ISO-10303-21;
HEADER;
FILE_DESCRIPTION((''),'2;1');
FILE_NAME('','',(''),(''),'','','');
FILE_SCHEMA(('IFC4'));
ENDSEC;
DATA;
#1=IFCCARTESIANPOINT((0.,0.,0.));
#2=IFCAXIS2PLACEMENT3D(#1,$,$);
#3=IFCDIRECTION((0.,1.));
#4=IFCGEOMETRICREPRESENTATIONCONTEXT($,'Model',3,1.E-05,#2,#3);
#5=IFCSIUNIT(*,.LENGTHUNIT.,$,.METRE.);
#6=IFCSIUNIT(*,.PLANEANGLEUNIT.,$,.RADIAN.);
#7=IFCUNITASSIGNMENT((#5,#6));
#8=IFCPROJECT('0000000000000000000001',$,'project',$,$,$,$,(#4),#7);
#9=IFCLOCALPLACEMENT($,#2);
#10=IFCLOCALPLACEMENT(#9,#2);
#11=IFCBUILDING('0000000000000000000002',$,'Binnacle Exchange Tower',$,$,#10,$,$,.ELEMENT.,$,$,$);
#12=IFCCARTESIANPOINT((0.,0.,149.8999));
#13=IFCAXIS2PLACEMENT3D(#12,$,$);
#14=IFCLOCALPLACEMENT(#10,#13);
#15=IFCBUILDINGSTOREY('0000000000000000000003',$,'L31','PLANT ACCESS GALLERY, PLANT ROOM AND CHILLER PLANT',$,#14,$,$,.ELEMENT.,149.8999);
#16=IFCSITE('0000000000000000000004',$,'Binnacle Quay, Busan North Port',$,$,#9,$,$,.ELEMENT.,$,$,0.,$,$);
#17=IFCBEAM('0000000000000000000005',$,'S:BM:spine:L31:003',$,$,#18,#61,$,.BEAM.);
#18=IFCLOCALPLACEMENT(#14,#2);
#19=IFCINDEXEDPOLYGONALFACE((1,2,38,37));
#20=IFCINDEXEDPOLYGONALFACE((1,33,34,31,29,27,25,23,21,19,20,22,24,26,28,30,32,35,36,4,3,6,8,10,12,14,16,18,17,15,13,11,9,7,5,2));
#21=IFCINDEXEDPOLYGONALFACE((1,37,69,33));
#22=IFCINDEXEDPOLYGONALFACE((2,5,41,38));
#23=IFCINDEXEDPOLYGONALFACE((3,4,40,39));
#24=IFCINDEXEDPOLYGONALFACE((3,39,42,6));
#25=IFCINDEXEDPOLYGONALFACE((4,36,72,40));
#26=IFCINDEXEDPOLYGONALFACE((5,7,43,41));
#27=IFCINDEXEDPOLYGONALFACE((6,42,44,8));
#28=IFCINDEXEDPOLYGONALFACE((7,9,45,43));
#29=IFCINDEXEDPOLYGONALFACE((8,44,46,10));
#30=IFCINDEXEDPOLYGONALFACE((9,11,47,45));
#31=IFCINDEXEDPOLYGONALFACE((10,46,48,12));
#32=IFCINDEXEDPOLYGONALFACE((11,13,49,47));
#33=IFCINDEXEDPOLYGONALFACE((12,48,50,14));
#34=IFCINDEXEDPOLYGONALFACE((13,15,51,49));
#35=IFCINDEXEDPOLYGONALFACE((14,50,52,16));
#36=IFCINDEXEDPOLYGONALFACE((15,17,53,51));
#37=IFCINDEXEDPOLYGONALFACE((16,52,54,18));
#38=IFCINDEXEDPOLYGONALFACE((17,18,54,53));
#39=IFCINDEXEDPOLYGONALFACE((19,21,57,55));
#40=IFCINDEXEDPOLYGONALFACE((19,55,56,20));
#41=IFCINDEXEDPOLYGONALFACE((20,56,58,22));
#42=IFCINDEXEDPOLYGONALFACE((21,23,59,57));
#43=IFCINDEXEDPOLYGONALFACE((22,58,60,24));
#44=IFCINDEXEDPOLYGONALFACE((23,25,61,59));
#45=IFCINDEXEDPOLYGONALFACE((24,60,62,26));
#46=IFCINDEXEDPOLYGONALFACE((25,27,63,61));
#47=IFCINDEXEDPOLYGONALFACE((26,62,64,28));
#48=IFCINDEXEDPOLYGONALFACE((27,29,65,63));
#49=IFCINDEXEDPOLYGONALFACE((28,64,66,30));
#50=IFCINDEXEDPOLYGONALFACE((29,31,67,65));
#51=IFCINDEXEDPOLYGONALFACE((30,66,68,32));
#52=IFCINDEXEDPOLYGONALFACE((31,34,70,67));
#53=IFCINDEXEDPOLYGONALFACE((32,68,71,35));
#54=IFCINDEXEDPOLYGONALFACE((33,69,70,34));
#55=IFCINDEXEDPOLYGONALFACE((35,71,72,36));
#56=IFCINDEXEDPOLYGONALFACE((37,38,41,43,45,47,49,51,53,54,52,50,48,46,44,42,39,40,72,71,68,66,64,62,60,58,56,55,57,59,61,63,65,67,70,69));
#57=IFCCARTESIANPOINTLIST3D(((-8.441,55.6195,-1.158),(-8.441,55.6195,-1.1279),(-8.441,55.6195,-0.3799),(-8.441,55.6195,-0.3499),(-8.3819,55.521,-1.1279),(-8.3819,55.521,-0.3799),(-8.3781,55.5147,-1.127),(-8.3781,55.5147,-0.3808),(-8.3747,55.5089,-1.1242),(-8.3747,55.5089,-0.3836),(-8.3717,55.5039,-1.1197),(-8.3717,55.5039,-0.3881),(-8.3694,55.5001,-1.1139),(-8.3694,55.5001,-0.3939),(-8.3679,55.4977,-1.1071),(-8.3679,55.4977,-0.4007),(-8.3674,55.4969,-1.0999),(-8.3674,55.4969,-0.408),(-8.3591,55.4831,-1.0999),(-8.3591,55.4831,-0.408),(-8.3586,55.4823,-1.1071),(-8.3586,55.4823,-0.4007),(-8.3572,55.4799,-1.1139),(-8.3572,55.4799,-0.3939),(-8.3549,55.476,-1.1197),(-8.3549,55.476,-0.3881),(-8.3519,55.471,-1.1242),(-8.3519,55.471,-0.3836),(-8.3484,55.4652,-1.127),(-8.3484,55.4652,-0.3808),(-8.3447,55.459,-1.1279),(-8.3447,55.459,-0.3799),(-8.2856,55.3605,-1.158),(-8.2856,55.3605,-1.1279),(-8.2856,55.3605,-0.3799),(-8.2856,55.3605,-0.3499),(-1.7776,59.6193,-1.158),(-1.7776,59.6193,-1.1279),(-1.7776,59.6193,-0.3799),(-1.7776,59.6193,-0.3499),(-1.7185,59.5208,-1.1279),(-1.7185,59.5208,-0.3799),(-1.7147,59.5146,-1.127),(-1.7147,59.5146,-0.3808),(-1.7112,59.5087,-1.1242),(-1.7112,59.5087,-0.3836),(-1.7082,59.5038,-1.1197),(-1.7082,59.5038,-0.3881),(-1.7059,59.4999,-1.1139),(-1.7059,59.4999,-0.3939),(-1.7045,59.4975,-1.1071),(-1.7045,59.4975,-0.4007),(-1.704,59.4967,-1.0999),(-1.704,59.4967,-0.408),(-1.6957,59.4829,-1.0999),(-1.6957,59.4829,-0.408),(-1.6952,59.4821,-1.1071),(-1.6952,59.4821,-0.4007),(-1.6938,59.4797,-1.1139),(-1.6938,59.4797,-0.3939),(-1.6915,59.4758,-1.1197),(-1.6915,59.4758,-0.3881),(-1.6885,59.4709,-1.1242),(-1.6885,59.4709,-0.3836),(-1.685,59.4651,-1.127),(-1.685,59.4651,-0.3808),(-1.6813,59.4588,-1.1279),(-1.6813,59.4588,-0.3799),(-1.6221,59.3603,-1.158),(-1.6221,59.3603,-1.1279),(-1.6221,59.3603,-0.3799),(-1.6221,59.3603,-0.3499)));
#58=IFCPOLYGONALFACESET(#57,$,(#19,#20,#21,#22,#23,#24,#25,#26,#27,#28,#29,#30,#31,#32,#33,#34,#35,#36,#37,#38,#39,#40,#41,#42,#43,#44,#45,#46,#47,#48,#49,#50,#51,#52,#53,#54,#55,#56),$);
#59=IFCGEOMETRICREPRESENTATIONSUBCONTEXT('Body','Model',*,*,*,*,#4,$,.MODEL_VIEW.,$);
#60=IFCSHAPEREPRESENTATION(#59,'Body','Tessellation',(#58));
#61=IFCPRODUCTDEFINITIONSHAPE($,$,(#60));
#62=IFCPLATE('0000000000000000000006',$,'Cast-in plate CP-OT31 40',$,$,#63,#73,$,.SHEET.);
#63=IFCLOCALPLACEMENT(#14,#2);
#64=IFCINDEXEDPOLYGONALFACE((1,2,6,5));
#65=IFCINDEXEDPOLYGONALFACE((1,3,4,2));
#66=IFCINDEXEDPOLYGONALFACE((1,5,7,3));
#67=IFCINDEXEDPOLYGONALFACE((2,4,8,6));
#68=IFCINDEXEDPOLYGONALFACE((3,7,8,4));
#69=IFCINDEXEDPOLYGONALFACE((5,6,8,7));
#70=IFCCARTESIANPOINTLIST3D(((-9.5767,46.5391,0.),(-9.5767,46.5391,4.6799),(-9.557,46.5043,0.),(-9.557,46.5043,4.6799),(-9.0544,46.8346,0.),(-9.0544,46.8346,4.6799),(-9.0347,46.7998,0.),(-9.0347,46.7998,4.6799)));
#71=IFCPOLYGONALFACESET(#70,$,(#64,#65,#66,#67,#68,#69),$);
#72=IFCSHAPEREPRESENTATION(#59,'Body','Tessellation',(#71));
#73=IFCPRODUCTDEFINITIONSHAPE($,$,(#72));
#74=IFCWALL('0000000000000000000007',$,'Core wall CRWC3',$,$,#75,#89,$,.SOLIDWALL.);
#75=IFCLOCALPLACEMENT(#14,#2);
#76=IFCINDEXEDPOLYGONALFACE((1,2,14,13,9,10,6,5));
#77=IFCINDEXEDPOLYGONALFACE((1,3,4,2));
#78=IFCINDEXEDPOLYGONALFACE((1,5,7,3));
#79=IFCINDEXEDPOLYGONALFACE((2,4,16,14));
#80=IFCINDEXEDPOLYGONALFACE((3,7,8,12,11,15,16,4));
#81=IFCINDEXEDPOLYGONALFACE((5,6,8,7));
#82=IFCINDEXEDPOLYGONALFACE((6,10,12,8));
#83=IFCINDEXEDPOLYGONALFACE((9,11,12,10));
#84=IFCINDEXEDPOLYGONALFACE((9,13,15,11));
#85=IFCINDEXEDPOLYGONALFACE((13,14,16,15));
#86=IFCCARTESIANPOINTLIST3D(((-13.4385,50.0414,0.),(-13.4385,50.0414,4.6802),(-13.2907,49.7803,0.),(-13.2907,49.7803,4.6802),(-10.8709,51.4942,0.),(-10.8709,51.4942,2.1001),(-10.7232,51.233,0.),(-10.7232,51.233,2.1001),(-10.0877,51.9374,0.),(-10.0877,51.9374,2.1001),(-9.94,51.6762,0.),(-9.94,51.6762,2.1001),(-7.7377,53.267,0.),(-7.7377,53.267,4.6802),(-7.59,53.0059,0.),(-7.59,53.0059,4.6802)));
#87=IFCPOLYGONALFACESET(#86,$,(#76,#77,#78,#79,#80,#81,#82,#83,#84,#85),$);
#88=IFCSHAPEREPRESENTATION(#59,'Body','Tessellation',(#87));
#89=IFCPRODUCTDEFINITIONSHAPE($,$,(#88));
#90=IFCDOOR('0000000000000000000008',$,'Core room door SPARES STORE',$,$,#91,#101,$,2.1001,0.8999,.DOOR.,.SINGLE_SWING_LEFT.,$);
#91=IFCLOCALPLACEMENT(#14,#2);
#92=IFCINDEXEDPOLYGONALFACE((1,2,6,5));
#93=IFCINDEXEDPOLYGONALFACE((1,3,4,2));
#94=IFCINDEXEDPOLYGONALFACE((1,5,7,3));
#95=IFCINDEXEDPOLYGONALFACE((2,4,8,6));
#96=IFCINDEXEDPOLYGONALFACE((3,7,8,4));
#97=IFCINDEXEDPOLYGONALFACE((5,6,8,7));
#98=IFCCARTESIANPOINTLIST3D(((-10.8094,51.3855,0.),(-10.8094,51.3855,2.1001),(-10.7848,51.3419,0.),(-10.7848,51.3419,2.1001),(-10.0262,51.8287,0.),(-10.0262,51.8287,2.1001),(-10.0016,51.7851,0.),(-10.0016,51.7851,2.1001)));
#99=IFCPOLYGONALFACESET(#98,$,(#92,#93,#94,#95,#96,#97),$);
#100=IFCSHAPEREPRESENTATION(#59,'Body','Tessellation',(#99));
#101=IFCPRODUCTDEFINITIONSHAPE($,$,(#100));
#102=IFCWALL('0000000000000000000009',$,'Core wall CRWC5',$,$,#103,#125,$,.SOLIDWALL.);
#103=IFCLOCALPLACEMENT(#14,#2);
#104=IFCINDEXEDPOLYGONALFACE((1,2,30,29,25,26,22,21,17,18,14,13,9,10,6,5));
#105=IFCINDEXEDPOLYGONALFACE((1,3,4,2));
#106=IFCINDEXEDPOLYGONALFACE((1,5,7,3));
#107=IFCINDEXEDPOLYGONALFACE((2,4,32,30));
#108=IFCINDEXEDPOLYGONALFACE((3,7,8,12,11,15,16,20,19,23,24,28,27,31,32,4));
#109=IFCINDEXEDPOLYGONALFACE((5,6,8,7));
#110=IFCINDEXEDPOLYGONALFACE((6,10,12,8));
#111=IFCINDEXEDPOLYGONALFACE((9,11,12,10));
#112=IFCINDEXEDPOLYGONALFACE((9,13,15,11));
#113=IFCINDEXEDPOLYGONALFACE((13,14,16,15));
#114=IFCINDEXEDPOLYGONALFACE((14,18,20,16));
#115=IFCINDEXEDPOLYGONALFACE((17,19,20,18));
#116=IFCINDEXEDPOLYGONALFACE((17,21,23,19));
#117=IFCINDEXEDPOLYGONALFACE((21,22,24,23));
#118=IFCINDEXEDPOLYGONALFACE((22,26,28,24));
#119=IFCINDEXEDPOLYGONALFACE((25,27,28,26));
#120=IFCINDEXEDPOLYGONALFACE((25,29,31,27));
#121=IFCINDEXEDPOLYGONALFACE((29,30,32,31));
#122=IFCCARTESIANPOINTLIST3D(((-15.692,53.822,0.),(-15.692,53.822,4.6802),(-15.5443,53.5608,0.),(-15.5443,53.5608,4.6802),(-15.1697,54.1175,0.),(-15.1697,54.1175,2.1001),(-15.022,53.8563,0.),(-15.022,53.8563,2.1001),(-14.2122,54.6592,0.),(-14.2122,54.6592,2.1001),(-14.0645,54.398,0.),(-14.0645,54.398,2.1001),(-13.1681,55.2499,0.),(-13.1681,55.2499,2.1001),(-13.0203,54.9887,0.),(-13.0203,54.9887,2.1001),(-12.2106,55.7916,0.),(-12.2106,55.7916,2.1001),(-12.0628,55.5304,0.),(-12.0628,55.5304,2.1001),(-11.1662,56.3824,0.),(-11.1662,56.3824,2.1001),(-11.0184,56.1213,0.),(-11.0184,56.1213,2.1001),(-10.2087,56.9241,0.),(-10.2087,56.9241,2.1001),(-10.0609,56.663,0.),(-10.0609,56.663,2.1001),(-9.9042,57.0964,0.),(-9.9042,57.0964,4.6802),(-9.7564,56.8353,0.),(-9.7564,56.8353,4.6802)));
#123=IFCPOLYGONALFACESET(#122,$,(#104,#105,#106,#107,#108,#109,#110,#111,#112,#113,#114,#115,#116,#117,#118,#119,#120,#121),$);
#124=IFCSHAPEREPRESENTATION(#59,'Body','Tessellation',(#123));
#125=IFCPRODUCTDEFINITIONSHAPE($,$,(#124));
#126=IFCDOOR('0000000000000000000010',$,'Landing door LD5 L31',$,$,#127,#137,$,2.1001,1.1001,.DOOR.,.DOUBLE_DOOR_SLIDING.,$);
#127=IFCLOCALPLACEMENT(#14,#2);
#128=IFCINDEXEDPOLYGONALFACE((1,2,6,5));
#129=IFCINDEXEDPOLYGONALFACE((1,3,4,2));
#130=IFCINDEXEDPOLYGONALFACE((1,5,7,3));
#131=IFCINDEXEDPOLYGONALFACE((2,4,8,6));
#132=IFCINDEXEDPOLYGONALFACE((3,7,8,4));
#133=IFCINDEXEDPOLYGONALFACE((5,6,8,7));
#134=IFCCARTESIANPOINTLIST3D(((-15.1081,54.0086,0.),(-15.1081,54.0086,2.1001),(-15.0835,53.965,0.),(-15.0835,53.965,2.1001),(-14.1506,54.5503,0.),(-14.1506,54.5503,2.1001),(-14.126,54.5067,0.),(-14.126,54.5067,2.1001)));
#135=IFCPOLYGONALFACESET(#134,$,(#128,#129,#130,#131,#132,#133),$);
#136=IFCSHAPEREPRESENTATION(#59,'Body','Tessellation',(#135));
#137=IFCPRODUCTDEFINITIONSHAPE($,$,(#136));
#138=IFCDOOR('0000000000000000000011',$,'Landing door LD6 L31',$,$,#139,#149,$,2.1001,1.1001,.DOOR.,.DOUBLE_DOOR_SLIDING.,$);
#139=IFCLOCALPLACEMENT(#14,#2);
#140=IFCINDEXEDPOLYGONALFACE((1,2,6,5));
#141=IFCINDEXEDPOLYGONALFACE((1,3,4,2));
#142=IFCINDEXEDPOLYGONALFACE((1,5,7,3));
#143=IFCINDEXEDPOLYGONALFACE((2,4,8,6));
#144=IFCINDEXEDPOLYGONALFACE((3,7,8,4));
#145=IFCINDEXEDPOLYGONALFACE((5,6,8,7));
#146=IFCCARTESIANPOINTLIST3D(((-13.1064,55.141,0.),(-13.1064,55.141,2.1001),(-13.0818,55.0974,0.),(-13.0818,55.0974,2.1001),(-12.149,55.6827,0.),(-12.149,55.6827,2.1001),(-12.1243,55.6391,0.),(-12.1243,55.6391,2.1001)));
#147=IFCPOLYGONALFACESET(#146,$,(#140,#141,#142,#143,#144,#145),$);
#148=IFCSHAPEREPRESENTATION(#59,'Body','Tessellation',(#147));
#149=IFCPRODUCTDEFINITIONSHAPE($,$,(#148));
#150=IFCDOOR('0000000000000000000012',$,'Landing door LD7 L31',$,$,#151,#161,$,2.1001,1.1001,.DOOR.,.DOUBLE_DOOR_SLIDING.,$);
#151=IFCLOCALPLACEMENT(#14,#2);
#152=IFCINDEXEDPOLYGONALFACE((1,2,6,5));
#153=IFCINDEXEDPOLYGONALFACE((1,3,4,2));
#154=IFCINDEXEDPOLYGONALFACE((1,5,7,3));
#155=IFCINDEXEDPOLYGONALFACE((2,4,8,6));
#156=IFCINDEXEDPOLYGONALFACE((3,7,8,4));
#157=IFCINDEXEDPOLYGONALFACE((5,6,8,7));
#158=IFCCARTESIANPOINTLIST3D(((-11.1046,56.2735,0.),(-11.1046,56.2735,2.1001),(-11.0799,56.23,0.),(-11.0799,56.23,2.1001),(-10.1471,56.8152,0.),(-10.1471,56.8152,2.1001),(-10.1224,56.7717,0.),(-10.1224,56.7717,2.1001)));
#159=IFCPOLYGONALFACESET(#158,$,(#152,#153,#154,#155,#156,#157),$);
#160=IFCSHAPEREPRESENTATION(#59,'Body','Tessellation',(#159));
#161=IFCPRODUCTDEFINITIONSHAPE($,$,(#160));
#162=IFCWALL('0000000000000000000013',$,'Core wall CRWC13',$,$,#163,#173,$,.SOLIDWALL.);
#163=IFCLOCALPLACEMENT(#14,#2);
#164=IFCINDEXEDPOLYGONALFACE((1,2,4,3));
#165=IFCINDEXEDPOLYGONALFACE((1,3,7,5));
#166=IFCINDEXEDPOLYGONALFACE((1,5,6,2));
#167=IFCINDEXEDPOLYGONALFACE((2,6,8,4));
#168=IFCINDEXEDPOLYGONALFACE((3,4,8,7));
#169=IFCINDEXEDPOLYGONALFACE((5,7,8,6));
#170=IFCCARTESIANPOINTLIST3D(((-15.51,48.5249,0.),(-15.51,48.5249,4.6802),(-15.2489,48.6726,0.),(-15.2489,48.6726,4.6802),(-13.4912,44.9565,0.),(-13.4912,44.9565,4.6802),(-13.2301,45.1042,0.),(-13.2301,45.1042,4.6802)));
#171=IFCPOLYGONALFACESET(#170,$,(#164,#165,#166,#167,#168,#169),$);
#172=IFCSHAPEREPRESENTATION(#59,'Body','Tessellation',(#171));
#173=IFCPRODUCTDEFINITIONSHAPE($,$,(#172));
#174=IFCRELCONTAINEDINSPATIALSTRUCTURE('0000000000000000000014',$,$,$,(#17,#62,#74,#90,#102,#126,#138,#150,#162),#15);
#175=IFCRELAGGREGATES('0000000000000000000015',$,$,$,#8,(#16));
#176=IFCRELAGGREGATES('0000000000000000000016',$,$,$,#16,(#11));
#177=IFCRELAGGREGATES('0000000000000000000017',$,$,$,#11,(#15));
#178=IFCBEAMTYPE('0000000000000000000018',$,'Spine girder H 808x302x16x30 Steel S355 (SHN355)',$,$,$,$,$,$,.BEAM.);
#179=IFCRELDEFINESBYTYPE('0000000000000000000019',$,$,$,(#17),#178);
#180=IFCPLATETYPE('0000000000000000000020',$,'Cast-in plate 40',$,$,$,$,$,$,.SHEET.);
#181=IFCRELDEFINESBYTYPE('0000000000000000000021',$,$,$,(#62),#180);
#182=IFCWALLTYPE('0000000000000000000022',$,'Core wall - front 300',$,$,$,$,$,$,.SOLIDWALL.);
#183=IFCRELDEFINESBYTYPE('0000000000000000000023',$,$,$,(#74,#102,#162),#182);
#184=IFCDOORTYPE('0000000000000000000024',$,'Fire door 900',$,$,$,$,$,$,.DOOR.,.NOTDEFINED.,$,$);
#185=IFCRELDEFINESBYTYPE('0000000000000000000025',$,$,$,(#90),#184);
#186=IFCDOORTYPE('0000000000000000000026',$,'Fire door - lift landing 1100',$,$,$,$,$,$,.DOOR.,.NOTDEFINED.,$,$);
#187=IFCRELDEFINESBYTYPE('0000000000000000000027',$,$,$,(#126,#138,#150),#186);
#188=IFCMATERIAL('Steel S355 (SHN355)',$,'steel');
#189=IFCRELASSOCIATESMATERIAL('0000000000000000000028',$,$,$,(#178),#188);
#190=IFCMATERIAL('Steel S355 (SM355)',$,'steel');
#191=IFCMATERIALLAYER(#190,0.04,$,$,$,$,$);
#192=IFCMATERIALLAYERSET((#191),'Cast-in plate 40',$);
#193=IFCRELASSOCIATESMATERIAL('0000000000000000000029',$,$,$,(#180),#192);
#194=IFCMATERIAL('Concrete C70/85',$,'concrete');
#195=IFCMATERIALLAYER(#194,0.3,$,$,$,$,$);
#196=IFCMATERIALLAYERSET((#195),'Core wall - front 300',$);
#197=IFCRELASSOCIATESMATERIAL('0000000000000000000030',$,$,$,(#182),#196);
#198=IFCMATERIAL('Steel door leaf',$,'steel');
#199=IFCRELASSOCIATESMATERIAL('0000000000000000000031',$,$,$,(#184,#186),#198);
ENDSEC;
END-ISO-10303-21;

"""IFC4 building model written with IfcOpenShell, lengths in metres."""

from ifc_helpers import new_model, si_unit, direction, frame, frame_2d, origin, origin_2d, place, context, subcontext, project, spatial, rectangle, i_section, extrude, material, layer, layer_set, material_profile, profile_set, type_object, element, fill, save


model = new_model("IFC4")

# Units and contexts
model_context = context("Model", 3, precision=1e-05, world=origin(), true_north=direction((0.0, 1.0)))
body_context = subcontext(model_context, "Body", "Model", "MODEL_VIEW")
ifc_project = project(units=[si_unit("LENGTHUNIT", "METRE"), si_unit("PLANEANGLEUNIT", "RADIAN")], contexts=[model_context])

# Site, building, storey
site_placement = place(None, origin())
site = spatial("IfcSite", under=ifc_project, at=site_placement, Name="Binnacle Quay, Busan North Port", CompositionType="ELEMENT", RefElevation=0.0)
building_placement = place(site_placement, origin())
building = spatial("IfcBuilding", under=site, at=building_placement, Name="Binnacle Exchange Tower", CompositionType="ELEMENT")
storey_placement = place(building_placement, frame((0.0, 0.0, 149.8999)))
storey = spatial("IfcBuildingStorey", under=building, at=storey_placement, Name="L31", Description="PLANT ACCESS GALLERY, PLANT ROOM AND CHILLER PLANT", CompositionType="ELEMENT", Elevation=149.8999)

# Shared definitions
ifc_material_1 = material(Name="Concrete C70/85", Category="concrete")

# Shared definitions
ifc_material_2 = material(Name="Steel S355 (SHN355)", Category="steel")

# Beam
ifc_material_profile_1 = material_profile(ifc_material_2, i_section(OverallWidth=0.302, OverallDepth=0.8081, WebThickness=0.0161, FlangeThickness=0.03, FilletRadius=0.0281, at=origin_2d()), Name="H 808x302x16x30")
ifc_profile_set_1 = profile_set([ifc_material_profile_1], Name="Steel S355 (SHN355)")
beam_type_1 = type_object("IfcBeamType", Name="Spine girder H 808x302x16x30 Steel S355 (SHN355)", PredefinedType="BEAM", material=ifc_profile_set_1)
beam_1_placement = place(storey_placement, frame((-8.3633, 55.49, -0.7539), z_axis=(0.857393, 0.514662, 0.0), x_axis=(-0.514662, 0.857393, 0.0)))
element("IfcBeam", 1, at=beam_1_placement, inside=storey, type_object=beam_type_1, Name="S:BM:spine:L31:003", PredefinedType="BEAM", context=body_context, shape_type="SweptSolid", body=[
    extrude(i_section(OverallWidth=0.302, OverallDepth=0.8081, WebThickness=0.0161, FlangeThickness=0.03, FilletRadius=0.0281, at=origin_2d()), origin(), (0.0, 0.0, 1.0), 7.7717),
])

# Plate
ifc_material_3 = material(Name="Steel S355 (SM355)", Category="steel")
ifc_layer_1 = layer(ifc_material_3, 0.04)
ifc_layer_set_1 = layer_set([ifc_layer_1], Name="Cast-in plate 40")
plate_type = type_object("IfcPlateType", Name="Cast-in plate 40", PredefinedType="SHEET", material=ifc_layer_set_1)
plate_placement = place(storey_placement, frame((-9.3057, 46.6694, 0.0), z_axis=(0.0, 0.0, 1.0), x_axis=(-0.492424, 0.870356, 0.0)))
element("IfcPlate", 2, at=plate_placement, inside=storey, type_object=plate_type, Name="Cast-in plate CP-OT31 40", PredefinedType="SHEET", context=body_context, shape_type="SweptSolid", body=[
    extrude(rectangle(XDim=0.04, YDim=0.6001, at=origin_2d()), origin(), (0.0, 0.0, 1.0), 4.6799),
])

# Wall, opening, door
ifc_layer_2 = layer(ifc_material_1, 0.3)
ifc_layer_set_2 = layer_set([ifc_layer_2], Name="Core wall - front 300")
wall_type_1 = type_object("IfcWallType", Name="Core wall - front 300", PredefinedType="SOLIDWALL", material=ifc_layer_set_2)
wall_1_placement = place(storey_placement, frame((-13.3645, 49.9109, 0.0), z_axis=(0.0, 0.0, 1.0), x_axis=(0.870336, 0.492458, 0.0)))
wall_1 = element("IfcWall", 3, at=wall_1_placement, inside=storey, type_object=wall_type_1, Name="Core wall CRWC3", PredefinedType="SOLIDWALL", context=body_context, shape_type="SweptSolid", body=[
    extrude(rectangle(XDim=6.55, YDim=0.3, at=frame_2d((3.2749, 0.0))), origin(), (0.0, 0.0, 1.0), 4.6802),
])
opening_1_placement = place(wall_1_placement, frame((2.95, 0.0, 0.0)))
opening_1 = element("IfcOpeningElement", 4, at=opening_1_placement, cuts=wall_1, PredefinedType="OPENING", context=body_context, shape_type="SweptSolid", body=[
    extrude(rectangle(XDim=0.8999, YDim=2.1001, at=frame_2d((0.45, 1.05))), frame((0.0, 0.1599, 0.0), z_axis=(0.0, -1.0, 0.0), x_axis=(1.0, 0.0, 0.0)), (0.0, 0.0, 1.0), 0.3201),
])
ifc_material_4 = material(Name="Steel door leaf", Category="steel")
door_type_1 = type_object("IfcDoorType", Name="Fire door 900", OperationType="NOTDEFINED", PredefinedType="DOOR", material=ifc_material_4)
door_1_placement = place(opening_1_placement, frame((0.8999, 0.0, 0.0), z_axis=(0.0, 0.0, 1.0), x_axis=(-1.0, 0.0, 0.0)))
door_1 = element("IfcDoor", 5, at=door_1_placement, inside=storey, type_object=door_type_1, Name="Core room door SPARES STORE", OperationType="SINGLE_SWING_LEFT", OverallHeight=2.1001, OverallWidth=0.8999, PredefinedType="DOOR", context=body_context, shape_type="SweptSolid", body=[
    extrude(rectangle(XDim=0.8999, YDim=2.1001, at=frame_2d((0.45, 1.05))), frame((0.0, 0.0249, 0.0), z_axis=(0.0, -1.0, 0.0), x_axis=(1.0, 0.0, 0.0)), (0.0, 0.0, 1.0), 0.05),
])
fill(opening_1, door_1)

# Wall, openings, doors
wall_2_placement = place(storey_placement, frame((-15.6182, 53.6914, 0.0), z_axis=(0.0, 0.0, 1.0), x_axis=(0.870368, 0.492402, 0.0)))
wall_2 = element("IfcWall", 6, at=wall_2_placement, inside=storey, type_object=wall_type_1, Name="Core wall CRWC5", PredefinedType="SOLIDWALL", context=body_context, shape_type="SweptSolid", body=[
    extrude(rectangle(XDim=6.6499, YDim=0.3, at=frame_2d((3.325, 0.0))), origin(), (0.0, 0.0, 1.0), 4.6802),
])
opening_2_placement = place(wall_2_placement, frame((0.6001, 0.0, 0.0)))
opening_2 = element("IfcOpeningElement", 7, at=opening_2_placement, cuts=wall_2, PredefinedType="OPENING", context=body_context, shape_type="SweptSolid", body=[
    extrude(rectangle(XDim=1.1001, YDim=2.1001, at=frame_2d((0.55, 1.05))), frame((0.0, 0.1599, 0.0), z_axis=(0.0, -1.0, 0.0), x_axis=(1.0, 0.0, 0.0)), (0.0, 0.0, 1.0), 0.3201),
])
opening_3_placement = place(wall_2_placement, frame((2.8999, 0.0, 0.0)))
opening_3 = element("IfcOpeningElement", 8, at=opening_3_placement, cuts=wall_2, PredefinedType="OPENING", context=body_context, shape_type="SweptSolid", body=[
    extrude(rectangle(XDim=1.1001, YDim=2.1001, at=frame_2d((0.55, 1.05))), frame((0.0, 0.1599, 0.0), z_axis=(0.0, -1.0, 0.0), x_axis=(1.0, 0.0, 0.0)), (0.0, 0.0, 1.0), 0.3201),
])
opening_4_placement = place(wall_2_placement, frame((5.2, 0.0, 0.0)))
opening_4 = element("IfcOpeningElement", 9, at=opening_4_placement, cuts=wall_2, PredefinedType="OPENING", context=body_context, shape_type="SweptSolid", body=[
    extrude(rectangle(XDim=1.1001, YDim=2.1001, at=frame_2d((0.55, 1.05))), frame((0.0, 0.1599, 0.0), z_axis=(0.0, -1.0, 0.0), x_axis=(1.0, 0.0, 0.0)), (0.0, 0.0, 1.0), 0.3201),
])
door_type_2 = type_object("IfcDoorType", Name="Fire door - lift landing 1100", OperationType="NOTDEFINED", PredefinedType="DOOR", material=ifc_material_4)
door_2_placement = place(opening_2_placement, origin())
door_2 = element("IfcDoor", 10, at=door_2_placement, inside=storey, type_object=door_type_2, Name="Landing door LD5 L31", OperationType="DOUBLE_DOOR_SLIDING", OverallHeight=2.1001, OverallWidth=1.1001, PredefinedType="DOOR", context=body_context, shape_type="SweptSolid", body=[
    extrude(rectangle(XDim=1.1001, YDim=2.1001, at=frame_2d((0.55, 1.05))), frame((0.0, 0.0249, 0.0), z_axis=(0.0, -1.0, 0.0), x_axis=(1.0, 0.0, 0.0)), (0.0, 0.0, 1.0), 0.05),
])
fill(opening_2, door_2)
door_3_placement = place(opening_3_placement, origin())
door_3 = element("IfcDoor", 11, at=door_3_placement, inside=storey, type_object=door_type_2, Name="Landing door LD6 L31", OperationType="DOUBLE_DOOR_SLIDING", OverallHeight=2.1001, OverallWidth=1.1001, PredefinedType="DOOR", context=body_context, shape_type="SweptSolid", body=[
    extrude(rectangle(XDim=1.1001, YDim=2.1001, at=frame_2d((0.55, 1.05))), frame((0.0, 0.0249, 0.0), z_axis=(0.0, -1.0, 0.0), x_axis=(1.0, 0.0, 0.0)), (0.0, 0.0, 1.0), 0.05),
])
fill(opening_3, door_3)
door_4_placement = place(opening_4_placement, origin())
door_4 = element("IfcDoor", 12, at=door_4_placement, inside=storey, type_object=door_type_2, Name="Landing door LD7 L31", OperationType="DOUBLE_DOOR_SLIDING", OverallHeight=2.1001, OverallWidth=1.1001, PredefinedType="DOOR", context=body_context, shape_type="SweptSolid", body=[
    extrude(rectangle(XDim=1.1001, YDim=2.1001, at=frame_2d((0.55, 1.05))), frame((0.0, 0.0249, 0.0), z_axis=(0.0, -1.0, 0.0), x_axis=(1.0, 0.0, 0.0)), (0.0, 0.0, 1.0), 0.05),
])
fill(opening_4, door_4)

# Wall
wall_3_placement = place(storey_placement, frame((-15.3794, 48.5986, 0.0), z_axis=(0.0, 0.0, 1.0), x_axis=(0.492408, -0.870364, 0.0)))
element("IfcWall", 13, at=wall_3_placement, inside=storey, type_object=wall_type_1, Name="Core wall CRWC13", PredefinedType="SOLIDWALL", context=body_context, shape_type="SweptSolid", body=[
    extrude(rectangle(XDim=4.0999, YDim=0.3, at=frame_2d((2.0498, 0.0))), origin(), (0.0, 0.0, 1.0), 4.6802),
])

save(model, "model.ifc")
